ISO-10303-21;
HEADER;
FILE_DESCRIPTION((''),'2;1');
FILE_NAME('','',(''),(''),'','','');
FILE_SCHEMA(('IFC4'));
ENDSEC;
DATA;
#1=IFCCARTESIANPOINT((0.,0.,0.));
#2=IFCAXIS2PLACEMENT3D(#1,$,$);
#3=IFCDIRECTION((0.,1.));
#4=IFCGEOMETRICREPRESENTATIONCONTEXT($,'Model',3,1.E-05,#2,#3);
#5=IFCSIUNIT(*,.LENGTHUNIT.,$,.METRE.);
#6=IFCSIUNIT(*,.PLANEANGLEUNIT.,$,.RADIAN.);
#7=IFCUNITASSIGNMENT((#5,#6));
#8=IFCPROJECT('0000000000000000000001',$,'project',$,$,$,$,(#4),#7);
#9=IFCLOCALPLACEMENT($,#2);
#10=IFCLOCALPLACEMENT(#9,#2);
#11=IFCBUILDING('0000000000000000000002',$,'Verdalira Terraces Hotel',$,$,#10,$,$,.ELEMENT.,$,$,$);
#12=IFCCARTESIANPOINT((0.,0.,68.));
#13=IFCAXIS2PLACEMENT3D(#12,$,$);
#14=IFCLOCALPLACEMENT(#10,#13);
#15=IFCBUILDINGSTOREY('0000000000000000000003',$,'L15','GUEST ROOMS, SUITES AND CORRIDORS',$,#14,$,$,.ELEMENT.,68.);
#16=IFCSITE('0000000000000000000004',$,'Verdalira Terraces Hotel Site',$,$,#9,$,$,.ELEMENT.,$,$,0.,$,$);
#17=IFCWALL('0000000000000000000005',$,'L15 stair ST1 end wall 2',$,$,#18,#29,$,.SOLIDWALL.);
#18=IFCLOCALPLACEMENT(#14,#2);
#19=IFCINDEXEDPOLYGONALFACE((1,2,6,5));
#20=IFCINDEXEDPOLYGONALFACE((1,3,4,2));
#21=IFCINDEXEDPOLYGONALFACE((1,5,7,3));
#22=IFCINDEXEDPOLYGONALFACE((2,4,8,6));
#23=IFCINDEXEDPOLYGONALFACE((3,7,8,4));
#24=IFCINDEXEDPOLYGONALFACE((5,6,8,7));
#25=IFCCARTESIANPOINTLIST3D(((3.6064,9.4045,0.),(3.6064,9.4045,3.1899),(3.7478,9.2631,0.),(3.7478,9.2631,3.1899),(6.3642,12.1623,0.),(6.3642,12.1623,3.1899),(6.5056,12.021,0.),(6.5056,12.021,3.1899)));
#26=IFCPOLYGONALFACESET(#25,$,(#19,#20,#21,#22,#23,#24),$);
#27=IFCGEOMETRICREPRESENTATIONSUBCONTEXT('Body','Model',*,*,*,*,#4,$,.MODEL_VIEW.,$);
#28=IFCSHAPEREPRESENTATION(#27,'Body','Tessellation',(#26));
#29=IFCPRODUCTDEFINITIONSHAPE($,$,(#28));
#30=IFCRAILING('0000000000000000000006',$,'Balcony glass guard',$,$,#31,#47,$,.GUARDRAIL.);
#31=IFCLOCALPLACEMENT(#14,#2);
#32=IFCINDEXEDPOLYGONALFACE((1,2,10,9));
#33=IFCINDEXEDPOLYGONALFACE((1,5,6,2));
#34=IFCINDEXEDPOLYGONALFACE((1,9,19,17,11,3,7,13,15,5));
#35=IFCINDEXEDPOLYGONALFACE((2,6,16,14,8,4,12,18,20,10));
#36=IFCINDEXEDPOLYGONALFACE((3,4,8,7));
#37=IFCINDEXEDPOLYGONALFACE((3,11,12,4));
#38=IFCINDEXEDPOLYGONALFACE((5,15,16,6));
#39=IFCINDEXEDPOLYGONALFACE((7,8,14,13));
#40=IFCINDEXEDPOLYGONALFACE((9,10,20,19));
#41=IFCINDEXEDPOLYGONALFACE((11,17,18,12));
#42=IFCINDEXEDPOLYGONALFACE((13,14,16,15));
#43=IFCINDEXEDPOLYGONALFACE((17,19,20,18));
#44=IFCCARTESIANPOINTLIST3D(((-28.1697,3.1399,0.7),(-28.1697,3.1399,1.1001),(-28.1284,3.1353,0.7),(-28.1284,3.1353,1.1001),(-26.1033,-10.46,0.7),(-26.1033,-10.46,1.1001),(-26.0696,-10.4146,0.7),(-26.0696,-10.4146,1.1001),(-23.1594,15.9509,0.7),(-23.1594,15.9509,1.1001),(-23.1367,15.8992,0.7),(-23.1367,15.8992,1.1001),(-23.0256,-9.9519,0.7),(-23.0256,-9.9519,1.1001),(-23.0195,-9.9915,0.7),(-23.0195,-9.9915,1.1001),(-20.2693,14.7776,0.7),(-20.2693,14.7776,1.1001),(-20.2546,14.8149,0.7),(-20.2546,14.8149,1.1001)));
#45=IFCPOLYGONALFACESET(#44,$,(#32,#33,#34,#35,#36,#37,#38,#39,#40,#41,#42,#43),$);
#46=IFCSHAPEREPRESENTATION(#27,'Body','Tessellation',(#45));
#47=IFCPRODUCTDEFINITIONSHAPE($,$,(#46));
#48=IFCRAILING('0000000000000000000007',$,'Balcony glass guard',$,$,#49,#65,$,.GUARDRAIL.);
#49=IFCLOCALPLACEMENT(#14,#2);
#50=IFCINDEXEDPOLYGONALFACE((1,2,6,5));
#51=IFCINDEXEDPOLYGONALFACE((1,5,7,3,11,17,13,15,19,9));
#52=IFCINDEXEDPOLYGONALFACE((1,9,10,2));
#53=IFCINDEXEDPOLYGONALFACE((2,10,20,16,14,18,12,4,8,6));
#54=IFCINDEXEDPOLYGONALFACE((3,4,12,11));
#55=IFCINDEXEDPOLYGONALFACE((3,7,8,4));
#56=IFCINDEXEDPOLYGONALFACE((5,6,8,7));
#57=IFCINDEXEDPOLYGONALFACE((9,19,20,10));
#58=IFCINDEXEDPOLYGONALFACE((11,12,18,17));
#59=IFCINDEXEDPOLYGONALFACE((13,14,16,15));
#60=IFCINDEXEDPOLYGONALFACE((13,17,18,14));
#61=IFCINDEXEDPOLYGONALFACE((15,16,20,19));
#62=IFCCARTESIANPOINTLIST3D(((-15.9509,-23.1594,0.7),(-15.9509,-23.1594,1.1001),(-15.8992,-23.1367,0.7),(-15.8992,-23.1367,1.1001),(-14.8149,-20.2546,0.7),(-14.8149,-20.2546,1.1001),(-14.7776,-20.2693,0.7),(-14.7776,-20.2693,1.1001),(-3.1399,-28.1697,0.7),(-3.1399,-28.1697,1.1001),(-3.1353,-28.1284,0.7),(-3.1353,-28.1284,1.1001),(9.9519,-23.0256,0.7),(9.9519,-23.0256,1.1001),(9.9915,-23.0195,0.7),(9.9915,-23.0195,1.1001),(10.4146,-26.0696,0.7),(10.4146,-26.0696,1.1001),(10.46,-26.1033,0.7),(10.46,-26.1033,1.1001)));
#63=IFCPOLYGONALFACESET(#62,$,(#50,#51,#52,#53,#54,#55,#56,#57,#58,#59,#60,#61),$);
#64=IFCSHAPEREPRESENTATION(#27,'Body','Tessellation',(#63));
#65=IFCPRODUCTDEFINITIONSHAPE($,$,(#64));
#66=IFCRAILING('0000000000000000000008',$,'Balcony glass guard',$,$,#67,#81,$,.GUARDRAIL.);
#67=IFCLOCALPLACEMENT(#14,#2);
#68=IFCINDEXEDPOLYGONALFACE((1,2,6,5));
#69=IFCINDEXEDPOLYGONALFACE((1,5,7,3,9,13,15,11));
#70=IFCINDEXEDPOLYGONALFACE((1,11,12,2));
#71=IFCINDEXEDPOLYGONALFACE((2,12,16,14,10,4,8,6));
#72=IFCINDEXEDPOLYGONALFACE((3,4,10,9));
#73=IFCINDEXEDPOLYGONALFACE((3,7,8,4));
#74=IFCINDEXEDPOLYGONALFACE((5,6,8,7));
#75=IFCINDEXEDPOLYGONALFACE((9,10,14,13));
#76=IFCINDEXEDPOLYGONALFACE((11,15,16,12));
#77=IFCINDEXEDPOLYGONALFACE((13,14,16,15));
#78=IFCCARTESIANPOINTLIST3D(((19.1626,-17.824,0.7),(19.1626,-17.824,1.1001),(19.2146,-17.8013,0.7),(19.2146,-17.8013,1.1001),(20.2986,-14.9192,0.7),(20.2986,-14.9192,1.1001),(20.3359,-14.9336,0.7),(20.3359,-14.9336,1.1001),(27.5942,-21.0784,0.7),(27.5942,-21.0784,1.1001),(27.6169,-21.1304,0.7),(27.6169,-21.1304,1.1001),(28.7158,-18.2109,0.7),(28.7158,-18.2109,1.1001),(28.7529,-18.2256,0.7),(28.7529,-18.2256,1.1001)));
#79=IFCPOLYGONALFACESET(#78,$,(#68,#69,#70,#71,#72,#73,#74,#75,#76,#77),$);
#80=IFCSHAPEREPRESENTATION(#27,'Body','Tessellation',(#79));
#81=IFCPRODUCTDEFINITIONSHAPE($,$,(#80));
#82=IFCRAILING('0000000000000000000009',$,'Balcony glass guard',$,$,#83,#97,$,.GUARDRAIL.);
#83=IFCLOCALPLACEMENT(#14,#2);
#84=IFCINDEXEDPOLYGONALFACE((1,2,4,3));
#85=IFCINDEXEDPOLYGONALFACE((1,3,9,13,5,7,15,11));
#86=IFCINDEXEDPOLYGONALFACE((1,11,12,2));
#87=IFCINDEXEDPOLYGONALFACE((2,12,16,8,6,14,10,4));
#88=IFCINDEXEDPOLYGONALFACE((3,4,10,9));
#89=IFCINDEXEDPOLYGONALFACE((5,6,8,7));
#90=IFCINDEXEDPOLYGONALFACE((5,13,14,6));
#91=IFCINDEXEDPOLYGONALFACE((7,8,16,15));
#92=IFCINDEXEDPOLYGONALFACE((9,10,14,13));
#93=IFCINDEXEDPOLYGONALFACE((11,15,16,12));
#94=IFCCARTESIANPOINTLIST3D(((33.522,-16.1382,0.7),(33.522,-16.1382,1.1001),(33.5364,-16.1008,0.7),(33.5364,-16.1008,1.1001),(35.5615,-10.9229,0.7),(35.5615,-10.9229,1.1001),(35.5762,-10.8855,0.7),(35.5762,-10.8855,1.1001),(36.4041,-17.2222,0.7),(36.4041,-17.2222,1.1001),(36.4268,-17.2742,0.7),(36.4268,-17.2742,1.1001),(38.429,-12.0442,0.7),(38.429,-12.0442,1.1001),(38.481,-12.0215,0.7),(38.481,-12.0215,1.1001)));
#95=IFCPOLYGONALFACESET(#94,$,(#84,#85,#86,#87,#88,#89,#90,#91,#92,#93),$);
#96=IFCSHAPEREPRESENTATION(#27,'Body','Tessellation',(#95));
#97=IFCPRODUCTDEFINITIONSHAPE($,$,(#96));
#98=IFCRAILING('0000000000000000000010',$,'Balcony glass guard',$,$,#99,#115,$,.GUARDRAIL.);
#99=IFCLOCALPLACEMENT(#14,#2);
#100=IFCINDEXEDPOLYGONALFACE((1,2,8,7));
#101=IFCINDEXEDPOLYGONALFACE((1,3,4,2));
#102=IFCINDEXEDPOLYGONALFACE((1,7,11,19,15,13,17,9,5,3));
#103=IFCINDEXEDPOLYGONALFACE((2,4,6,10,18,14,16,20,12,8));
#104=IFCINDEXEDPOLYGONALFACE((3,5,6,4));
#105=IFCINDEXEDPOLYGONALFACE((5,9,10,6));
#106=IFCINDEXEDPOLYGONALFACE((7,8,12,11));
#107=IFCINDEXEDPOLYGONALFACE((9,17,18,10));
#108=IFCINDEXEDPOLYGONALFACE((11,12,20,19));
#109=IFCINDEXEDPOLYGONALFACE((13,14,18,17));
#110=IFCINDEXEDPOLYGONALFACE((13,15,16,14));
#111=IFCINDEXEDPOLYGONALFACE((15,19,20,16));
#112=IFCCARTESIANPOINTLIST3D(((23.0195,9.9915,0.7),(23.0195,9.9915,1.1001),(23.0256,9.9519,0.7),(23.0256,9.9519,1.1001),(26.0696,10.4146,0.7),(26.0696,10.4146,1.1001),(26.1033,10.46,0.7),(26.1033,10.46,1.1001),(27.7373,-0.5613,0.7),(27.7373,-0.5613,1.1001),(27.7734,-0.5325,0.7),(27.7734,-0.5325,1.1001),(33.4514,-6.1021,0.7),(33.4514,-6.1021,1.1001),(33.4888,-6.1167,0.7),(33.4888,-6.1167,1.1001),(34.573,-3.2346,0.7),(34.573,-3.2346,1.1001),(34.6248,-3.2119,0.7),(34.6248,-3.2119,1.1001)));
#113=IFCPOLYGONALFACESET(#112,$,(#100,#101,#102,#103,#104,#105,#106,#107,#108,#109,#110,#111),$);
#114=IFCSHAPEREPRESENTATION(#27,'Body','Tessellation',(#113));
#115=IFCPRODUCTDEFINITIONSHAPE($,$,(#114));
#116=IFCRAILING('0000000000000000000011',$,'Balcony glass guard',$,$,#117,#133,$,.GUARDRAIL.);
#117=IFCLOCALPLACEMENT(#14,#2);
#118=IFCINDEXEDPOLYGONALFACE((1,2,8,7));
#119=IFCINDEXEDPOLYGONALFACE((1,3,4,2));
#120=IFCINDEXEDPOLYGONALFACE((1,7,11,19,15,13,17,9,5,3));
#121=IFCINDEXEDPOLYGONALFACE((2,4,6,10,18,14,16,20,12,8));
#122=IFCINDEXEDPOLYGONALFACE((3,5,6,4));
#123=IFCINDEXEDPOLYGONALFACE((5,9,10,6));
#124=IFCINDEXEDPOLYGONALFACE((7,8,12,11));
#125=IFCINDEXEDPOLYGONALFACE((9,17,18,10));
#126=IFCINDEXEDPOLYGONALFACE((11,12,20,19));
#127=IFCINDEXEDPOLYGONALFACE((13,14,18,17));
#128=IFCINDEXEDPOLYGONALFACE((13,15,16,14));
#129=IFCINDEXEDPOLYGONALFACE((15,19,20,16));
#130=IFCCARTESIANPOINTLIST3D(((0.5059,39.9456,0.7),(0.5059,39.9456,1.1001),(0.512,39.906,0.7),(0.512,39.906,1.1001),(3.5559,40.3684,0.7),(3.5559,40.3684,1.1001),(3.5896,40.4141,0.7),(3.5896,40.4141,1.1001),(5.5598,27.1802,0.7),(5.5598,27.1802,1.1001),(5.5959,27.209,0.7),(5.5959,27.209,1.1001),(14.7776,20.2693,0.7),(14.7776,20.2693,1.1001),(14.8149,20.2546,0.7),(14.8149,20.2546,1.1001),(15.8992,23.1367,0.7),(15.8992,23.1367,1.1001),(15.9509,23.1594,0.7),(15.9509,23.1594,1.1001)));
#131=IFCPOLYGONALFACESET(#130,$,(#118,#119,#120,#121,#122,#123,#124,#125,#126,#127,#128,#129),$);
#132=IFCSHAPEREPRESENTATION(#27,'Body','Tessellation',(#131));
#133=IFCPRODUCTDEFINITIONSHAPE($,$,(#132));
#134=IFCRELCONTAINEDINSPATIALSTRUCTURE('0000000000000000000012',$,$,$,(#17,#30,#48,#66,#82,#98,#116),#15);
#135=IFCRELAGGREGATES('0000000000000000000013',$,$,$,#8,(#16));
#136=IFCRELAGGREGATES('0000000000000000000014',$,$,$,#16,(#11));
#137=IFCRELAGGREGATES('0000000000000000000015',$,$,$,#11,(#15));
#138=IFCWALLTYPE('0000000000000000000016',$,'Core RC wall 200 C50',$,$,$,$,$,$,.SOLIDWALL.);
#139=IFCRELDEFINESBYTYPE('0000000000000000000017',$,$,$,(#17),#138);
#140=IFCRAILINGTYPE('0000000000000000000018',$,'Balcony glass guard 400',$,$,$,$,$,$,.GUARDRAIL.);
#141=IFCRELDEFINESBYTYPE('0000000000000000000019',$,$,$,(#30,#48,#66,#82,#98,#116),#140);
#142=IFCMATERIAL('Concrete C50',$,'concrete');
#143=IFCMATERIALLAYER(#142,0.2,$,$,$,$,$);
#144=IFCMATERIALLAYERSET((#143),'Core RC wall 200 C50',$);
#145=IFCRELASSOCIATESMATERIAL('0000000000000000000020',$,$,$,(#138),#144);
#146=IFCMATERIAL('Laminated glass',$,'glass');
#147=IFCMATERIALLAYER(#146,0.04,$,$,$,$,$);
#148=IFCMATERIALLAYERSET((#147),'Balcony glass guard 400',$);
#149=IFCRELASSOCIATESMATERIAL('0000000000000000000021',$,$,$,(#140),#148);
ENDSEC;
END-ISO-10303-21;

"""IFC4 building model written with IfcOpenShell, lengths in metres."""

from ifc_helpers import new_model, si_unit, direction, frame, frame_2d, origin, place, context, subcontext, project, spatial, polyline, rectangle, outline, extrude, material, layer, layer_set, type_object, element, save


model = new_model("IFC4")

# Units and contexts
model_context = context("Model", 3, precision=1e-05, world=origin(), true_north=direction((0.0, 1.0)))
body_context = subcontext(model_context, "Body", "Model", "MODEL_VIEW")
ifc_project = project(units=[si_unit("LENGTHUNIT", "METRE"), si_unit("PLANEANGLEUNIT", "RADIAN")], contexts=[model_context])

# Site, building, storey
site_placement = place(None, origin())
site = spatial("IfcSite", under=ifc_project, at=site_placement, Name="Verdalira Terraces Hotel Site", CompositionType="ELEMENT", RefElevation=0.0)
building_placement = place(site_placement, origin())
building = spatial("IfcBuilding", under=site, at=building_placement, Name="Verdalira Terraces Hotel", CompositionType="ELEMENT")
storey_placement = place(building_placement, frame((0.0, 0.0, 68.0)))
storey = spatial("IfcBuildingStorey", under=building, at=storey_placement, Name="L15", Description="GUEST ROOMS, SUITES AND CORRIDORS", CompositionType="ELEMENT", Elevation=68.0)

# Shared definitions
ifc_material_1 = material(Name="Concrete C50", Category="concrete")
ifc_layer_1 = layer(ifc_material_1, 0.2)
ifc_layer_set_1 = layer_set([ifc_layer_1], Name="Core RC wall 200 C50")
wall_type_1 = type_object("IfcWallType", Name="Core RC wall 200 C50", PredefinedType="SOLIDWALL", material=ifc_layer_set_1)

# Wall
wall_1_placement = place(storey_placement, frame((3.677, 9.3337, 0.0), z_axis=(0.0, 0.0, 1.0), x_axis=(0.707107, 0.707107, 0.0)))
element("IfcWall", 1, at=wall_1_placement, inside=storey, type_object=wall_type_1, Name="L15 stair ST1 end wall 2", PredefinedType="SOLIDWALL", context=body_context, shape_type="SweptSolid", body=[
    extrude(rectangle(XDim=3.9001, YDim=0.2, at=frame_2d((1.9502, 0.0))), origin(), (0.0, 0.0, 1.0), 3.1899),
])

# Railings
ifc_material_2 = material(Name="Laminated glass", Category="glass")
ifc_layer_2 = layer(ifc_material_2, 0.04)
ifc_layer_set_2 = layer_set([ifc_layer_2], Name="Balcony glass guard 400")
railing_type = type_object("IfcRailingType", Name="Balcony glass guard 400", PredefinedType="GUARDRAIL", material=ifc_layer_set_2)
railing_1_placement = place(storey_placement, frame((0.0, 0.0, 0.7)))
element("IfcRailing", 2, at=railing_1_placement, inside=storey, type_object=railing_type, Name="Balcony glass guard", PredefinedType="GUARDRAIL", context=body_context, shape_type="SweptSolid", body=[
    extrude(outline(polyline([(-23.1367, 15.8992), (-28.1284, 3.1353), (-26.0696, -10.4146), (-23.0256, -9.9519), (-23.0195, -9.9915), (-26.1033, -10.46), (-28.1697, 3.1399), (-23.1594, 15.9509), (-20.2546, 14.8149), (-20.2693, 14.7776), (-23.1367, 15.8992)])), origin(), (0.0, 0.0, 1.0), 0.4001),
])
railing_2_placement = place(storey_placement, frame((0.0, 0.0, 0.7)))
element("IfcRailing", 3, at=railing_2_placement, inside=storey, type_object=railing_type, Name="Balcony glass guard", PredefinedType="GUARDRAIL", context=body_context, shape_type="SweptSolid", body=[
    extrude(outline(polyline([(-15.8992, -23.1367), (-3.1353, -28.1284), (10.4146, -26.0696), (9.9519, -23.0256), (9.9915, -23.0195), (10.46, -26.1033), (-3.1399, -28.1697), (-15.9509, -23.1594), (-14.8149, -20.2546), (-14.7776, -20.2693), (-15.8992, -23.1367)])), origin(), (0.0, 0.0, 1.0), 0.4001),
])
railing_3_placement = place(storey_placement, frame((0.0, 0.0, 0.7)))
element("IfcRailing", 4, at=railing_3_placement, inside=storey, type_object=railing_type, Name="Balcony glass guard", PredefinedType="GUARDRAIL", context=body_context, shape_type="SweptSolid", body=[
    extrude(outline(polyline([(19.2146, -17.8013), (27.5942, -21.0784), (28.7158, -18.2109), (28.7529, -18.2256), (27.6169, -21.1304), (19.1626, -17.824), (20.2986, -14.9192), (20.3359, -14.9336), (19.2146, -17.8013)])), origin(), (0.0, 0.0, 1.0), 0.4001),
])
railing_4_placement = place(storey_placement, frame((0.0, 0.0, 0.7)))
element("IfcRailing", 5, at=railing_4_placement, inside=storey, type_object=railing_type, Name="Balcony glass guard", PredefinedType="GUARDRAIL", context=body_context, shape_type="SweptSolid", body=[
    extrude(outline(polyline([(36.4041, -17.2222), (38.429, -12.0442), (35.5615, -10.9229), (35.5762, -10.8855), (38.481, -12.0215), (36.4268, -17.2742), (33.522, -16.1382), (33.5364, -16.1008), (36.4041, -17.2222)])), origin(), (0.0, 0.0, 1.0), 0.4001),
])
railing_5_placement = place(storey_placement, frame((0.0, 0.0, 0.7)))
element("IfcRailing", 6, at=railing_5_placement, inside=storey, type_object=railing_type, Name="Balcony glass guard", PredefinedType="GUARDRAIL", context=body_context, shape_type="SweptSolid", body=[
    extrude(outline(polyline([(34.573, -3.2346), (27.7373, -0.5613), (26.0696, 10.4146), (23.0256, 9.9519), (23.0195, 9.9915), (26.1033, 10.46), (27.7734, -0.5325), (34.6248, -3.2119), (33.4888, -6.1167), (33.4514, -6.1021), (34.573, -3.2346)])), origin(), (0.0, 0.0, 1.0), 0.4001),
])
railing_6_placement = place(storey_placement, frame((0.0, 0.0, 0.7)))
element("IfcRailing", 7, at=railing_6_placement, inside=storey, type_object=railing_type, Name="Balcony glass guard", PredefinedType="GUARDRAIL", context=body_context, shape_type="SweptSolid", body=[
    extrude(outline(polyline([(15.8992, 23.1367), (5.5598, 27.1802), (3.5559, 40.3684), (0.512, 39.906), (0.5059, 39.9456), (3.5896, 40.4141), (5.5959, 27.209), (15.9509, 23.1594), (14.8149, 20.2546), (14.7776, 20.2693), (15.8992, 23.1367)])), origin(), (0.0, 0.0, 1.0), 0.4001),
])

save(model, "model.ifc")
